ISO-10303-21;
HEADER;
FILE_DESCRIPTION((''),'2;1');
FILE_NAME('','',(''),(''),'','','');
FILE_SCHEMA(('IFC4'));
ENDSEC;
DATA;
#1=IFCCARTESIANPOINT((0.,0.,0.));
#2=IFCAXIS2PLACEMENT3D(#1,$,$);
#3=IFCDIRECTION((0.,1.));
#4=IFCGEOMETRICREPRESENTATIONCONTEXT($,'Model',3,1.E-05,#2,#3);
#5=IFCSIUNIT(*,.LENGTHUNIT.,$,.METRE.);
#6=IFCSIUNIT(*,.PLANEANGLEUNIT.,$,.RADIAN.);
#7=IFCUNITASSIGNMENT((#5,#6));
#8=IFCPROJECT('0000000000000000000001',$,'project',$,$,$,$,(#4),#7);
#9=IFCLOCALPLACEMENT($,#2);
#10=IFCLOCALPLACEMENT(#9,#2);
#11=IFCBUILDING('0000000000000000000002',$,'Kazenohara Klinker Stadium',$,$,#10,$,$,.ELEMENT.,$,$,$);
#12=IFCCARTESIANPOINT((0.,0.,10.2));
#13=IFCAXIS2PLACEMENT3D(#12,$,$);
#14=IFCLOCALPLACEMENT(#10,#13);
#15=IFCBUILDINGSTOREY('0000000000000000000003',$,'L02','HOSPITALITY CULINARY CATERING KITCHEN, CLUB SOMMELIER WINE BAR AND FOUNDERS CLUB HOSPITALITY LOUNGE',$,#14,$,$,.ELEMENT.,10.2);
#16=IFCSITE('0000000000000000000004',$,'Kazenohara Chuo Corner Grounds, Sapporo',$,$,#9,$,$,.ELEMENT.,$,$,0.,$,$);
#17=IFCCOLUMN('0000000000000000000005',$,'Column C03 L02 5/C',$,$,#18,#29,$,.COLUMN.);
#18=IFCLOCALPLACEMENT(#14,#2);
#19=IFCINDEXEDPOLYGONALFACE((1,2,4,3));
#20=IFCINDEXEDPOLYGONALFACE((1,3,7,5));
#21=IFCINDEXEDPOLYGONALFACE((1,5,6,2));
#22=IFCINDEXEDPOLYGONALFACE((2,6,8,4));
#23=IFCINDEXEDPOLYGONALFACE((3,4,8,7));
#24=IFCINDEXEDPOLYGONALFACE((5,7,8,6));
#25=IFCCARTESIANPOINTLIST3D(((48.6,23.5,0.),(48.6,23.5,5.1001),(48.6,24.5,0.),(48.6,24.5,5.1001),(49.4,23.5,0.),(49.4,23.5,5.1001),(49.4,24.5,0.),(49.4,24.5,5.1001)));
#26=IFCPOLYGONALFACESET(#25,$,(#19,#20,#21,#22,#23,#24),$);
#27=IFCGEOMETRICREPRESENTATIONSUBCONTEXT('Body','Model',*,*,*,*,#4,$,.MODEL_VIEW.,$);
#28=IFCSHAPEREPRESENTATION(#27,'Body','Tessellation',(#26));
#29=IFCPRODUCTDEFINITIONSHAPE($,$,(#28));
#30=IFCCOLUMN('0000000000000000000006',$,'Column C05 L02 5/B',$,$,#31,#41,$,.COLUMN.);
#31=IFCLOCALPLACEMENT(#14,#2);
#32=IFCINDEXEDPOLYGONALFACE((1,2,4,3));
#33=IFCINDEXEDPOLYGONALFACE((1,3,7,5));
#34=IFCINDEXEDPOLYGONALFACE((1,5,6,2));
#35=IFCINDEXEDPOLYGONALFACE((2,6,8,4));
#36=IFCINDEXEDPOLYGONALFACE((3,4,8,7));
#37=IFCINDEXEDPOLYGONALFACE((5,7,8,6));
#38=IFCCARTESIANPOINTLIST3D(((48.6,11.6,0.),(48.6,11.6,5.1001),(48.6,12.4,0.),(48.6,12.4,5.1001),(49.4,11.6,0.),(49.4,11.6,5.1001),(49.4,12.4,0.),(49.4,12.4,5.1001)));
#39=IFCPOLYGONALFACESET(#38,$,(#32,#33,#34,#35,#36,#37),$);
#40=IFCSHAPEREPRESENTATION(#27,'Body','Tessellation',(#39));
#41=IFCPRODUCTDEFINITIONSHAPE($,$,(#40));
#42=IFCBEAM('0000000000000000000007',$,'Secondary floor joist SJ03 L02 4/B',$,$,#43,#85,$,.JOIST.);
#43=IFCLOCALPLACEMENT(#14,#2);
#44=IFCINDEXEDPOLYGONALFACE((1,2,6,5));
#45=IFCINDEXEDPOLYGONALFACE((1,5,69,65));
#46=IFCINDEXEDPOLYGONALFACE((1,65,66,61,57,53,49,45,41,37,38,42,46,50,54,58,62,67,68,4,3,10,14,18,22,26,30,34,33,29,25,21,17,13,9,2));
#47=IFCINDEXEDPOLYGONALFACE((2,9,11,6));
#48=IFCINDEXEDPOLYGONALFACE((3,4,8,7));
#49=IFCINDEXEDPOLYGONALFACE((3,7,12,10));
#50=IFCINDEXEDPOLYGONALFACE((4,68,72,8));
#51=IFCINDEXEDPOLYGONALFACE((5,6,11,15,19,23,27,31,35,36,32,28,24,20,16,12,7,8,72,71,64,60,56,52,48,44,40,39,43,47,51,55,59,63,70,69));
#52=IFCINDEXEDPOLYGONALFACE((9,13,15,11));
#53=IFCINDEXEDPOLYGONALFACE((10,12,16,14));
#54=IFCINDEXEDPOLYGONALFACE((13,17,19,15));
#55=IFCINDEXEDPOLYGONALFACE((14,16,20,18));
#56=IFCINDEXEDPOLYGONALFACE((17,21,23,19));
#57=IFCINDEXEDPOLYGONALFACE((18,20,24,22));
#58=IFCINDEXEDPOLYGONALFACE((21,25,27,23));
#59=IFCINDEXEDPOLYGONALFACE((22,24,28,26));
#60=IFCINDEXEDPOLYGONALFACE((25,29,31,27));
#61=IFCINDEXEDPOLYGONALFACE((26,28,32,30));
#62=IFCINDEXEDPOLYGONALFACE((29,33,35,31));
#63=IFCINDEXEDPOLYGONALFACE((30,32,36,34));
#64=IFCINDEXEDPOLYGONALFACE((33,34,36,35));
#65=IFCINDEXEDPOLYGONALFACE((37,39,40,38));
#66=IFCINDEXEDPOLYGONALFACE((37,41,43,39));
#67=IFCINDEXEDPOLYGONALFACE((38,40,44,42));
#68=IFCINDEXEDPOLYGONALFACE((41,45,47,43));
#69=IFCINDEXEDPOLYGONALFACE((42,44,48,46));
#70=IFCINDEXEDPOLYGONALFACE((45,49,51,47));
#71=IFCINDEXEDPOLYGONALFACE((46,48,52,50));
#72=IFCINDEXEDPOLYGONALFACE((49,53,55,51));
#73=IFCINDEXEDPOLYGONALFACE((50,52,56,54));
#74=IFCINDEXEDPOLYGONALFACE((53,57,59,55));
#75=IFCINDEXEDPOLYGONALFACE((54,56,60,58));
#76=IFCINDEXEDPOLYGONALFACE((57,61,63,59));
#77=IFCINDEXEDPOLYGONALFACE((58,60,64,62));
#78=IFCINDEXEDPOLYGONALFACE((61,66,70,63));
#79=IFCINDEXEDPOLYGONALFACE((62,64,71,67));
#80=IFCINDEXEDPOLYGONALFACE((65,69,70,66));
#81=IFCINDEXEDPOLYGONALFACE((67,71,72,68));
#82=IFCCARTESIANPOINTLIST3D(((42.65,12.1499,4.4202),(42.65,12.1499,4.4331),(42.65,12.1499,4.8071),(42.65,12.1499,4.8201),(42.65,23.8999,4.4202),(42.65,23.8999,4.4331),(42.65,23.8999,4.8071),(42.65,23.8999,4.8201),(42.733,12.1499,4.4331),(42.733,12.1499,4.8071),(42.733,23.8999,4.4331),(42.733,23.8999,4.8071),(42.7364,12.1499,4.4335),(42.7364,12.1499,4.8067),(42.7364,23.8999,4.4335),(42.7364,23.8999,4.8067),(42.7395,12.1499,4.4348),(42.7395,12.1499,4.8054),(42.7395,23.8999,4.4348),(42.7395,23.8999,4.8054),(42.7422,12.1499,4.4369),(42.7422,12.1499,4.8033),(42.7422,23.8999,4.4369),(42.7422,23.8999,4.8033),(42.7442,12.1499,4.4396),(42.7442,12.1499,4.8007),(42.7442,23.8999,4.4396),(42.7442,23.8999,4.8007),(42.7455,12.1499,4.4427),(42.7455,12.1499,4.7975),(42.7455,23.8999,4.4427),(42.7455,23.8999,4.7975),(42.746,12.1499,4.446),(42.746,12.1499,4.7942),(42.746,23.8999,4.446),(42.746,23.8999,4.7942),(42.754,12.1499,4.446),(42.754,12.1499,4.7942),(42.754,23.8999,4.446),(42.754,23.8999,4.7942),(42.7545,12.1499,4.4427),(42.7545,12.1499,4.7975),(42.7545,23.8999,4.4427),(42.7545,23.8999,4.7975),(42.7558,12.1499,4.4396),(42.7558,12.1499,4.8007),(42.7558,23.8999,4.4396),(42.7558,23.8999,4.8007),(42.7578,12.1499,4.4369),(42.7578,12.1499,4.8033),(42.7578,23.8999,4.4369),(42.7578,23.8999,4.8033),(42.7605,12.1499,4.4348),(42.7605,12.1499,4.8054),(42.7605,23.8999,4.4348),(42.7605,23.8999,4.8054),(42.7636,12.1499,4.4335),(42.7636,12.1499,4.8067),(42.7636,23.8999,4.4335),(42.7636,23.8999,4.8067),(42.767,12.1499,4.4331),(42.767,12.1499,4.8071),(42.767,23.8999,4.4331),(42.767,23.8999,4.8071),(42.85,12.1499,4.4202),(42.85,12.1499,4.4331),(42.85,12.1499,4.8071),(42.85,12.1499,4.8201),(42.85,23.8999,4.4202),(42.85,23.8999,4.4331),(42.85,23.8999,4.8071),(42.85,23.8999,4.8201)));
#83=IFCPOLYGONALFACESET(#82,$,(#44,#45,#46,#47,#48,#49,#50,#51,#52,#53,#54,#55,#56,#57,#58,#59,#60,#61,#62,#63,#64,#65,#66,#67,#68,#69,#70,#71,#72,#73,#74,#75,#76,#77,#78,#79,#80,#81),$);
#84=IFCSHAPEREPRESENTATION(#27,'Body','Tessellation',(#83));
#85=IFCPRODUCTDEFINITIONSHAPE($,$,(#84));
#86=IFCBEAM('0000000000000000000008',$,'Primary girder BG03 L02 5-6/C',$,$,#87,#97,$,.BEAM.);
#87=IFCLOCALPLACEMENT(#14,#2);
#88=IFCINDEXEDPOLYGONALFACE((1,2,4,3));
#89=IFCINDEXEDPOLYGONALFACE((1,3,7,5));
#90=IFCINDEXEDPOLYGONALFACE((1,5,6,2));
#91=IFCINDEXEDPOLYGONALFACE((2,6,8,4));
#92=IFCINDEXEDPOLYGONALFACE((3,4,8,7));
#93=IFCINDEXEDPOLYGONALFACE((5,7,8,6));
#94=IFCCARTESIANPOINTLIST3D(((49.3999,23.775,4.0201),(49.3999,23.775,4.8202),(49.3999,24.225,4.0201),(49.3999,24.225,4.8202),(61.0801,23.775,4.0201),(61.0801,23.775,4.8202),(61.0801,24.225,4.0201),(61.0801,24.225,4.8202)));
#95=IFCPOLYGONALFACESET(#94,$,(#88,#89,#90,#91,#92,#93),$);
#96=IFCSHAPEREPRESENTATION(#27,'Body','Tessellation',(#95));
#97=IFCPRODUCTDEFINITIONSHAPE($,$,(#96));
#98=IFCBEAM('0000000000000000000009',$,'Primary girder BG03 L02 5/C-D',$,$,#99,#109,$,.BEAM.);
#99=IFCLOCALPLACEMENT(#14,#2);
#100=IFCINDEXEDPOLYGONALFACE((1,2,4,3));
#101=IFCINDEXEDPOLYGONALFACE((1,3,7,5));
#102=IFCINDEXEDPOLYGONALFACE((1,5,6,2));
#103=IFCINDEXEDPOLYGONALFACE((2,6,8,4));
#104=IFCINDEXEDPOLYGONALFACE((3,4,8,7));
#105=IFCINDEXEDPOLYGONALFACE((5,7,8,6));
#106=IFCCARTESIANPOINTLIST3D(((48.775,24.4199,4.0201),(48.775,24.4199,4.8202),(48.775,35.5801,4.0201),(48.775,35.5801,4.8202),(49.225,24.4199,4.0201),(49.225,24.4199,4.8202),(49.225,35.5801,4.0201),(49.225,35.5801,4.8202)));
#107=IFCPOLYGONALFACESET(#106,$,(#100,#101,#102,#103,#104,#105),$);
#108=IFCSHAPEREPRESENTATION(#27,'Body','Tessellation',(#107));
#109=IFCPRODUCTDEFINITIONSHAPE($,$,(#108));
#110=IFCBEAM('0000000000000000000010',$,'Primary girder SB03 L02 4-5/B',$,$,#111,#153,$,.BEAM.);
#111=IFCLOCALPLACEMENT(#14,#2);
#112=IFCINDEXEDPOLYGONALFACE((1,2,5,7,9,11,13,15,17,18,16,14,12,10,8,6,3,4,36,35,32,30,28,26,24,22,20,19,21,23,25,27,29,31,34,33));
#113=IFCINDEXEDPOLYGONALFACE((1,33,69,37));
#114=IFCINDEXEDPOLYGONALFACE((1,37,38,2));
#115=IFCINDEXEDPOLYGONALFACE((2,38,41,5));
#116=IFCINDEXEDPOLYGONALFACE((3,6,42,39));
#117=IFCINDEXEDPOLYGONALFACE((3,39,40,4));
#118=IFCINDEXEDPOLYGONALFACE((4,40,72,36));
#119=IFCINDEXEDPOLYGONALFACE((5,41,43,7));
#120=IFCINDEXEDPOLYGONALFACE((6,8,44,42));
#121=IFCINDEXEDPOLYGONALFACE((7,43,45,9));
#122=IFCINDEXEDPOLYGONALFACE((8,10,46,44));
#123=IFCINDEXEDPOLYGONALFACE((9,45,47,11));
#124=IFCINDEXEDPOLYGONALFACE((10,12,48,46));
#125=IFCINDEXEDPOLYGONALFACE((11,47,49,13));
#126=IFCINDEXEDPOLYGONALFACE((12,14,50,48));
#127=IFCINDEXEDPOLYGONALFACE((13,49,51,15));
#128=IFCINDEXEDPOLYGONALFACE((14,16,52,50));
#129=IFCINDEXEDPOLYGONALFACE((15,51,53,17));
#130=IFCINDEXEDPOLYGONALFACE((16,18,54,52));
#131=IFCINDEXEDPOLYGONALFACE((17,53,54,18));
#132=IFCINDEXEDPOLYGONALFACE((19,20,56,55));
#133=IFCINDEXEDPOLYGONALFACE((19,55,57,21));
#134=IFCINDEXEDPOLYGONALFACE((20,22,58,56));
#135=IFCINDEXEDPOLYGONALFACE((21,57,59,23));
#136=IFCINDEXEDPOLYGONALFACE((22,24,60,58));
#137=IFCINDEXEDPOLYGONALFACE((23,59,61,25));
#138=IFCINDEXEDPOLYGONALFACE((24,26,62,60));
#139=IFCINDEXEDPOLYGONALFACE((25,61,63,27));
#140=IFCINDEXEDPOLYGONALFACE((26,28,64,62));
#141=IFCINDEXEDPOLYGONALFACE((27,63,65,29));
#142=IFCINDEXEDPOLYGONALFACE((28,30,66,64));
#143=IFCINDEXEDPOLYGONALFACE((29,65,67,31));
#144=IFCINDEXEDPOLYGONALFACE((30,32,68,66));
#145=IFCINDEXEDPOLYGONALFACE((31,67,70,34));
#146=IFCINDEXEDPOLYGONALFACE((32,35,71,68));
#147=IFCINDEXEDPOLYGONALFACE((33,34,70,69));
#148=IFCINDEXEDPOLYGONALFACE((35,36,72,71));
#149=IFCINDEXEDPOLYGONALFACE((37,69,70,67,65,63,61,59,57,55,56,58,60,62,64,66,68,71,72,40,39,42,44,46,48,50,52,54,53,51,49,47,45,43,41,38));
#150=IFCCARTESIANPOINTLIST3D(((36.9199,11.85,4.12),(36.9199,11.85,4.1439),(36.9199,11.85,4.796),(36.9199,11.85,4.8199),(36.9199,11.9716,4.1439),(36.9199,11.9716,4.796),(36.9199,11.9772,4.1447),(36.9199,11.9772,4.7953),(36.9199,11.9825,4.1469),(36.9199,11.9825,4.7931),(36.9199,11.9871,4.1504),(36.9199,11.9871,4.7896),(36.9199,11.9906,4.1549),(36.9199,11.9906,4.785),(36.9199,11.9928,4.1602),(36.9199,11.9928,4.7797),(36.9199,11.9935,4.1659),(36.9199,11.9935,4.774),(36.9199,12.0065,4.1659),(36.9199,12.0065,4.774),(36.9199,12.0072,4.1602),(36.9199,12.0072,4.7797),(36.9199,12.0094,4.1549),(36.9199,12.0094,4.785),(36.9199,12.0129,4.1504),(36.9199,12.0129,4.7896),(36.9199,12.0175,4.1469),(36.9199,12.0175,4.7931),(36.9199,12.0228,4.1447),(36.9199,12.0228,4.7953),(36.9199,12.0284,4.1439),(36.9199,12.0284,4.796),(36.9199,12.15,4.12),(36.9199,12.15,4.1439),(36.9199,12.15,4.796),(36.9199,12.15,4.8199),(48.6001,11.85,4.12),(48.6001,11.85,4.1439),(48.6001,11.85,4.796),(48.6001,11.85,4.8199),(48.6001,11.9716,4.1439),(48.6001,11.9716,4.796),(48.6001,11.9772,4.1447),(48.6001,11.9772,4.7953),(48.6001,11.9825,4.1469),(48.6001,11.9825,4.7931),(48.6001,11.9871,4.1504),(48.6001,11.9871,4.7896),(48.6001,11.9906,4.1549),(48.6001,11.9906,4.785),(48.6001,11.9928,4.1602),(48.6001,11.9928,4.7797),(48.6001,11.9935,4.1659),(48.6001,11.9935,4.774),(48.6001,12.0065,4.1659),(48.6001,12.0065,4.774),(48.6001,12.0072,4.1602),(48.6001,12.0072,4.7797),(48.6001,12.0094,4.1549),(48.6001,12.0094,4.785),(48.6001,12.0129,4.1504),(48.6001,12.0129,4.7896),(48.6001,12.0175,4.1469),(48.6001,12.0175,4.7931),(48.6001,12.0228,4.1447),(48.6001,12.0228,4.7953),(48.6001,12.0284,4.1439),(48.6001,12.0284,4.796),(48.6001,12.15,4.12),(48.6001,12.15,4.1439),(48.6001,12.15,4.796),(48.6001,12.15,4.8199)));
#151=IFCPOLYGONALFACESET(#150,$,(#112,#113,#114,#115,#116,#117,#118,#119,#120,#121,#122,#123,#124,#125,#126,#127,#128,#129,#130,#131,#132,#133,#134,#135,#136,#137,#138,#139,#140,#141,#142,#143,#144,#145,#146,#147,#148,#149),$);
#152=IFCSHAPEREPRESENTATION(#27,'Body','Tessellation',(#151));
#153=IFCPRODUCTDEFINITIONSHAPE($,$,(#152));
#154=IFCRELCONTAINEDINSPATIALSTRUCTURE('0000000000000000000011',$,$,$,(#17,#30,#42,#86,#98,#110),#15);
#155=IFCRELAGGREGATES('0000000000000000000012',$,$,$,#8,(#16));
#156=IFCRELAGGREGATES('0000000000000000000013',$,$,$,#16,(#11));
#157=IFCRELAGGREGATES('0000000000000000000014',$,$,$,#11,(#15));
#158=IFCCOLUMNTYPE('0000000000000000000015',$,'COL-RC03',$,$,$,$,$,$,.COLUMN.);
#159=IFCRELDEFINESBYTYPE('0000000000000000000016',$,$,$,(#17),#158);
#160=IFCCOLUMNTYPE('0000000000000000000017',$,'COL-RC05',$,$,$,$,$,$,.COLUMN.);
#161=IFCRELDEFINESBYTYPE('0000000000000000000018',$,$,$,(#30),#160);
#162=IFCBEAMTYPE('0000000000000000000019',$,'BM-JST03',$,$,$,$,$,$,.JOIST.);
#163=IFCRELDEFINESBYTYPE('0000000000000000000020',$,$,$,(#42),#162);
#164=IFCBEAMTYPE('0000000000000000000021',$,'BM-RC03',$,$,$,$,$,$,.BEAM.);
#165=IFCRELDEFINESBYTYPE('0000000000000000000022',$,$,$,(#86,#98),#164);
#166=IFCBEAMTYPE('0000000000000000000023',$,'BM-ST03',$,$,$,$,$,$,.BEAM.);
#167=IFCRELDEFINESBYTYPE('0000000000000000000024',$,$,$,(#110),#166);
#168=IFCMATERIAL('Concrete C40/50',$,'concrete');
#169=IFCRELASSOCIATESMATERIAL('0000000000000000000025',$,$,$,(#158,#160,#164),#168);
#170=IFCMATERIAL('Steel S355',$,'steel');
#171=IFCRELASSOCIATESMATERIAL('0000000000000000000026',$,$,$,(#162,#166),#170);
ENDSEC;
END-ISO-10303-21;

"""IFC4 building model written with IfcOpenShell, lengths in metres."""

from ifc_helpers import new_model, si_unit, direction, frame, origin, origin_2d, place, context, subcontext, project, spatial, rectangle, i_section, extrude, material, material_profile, profile_set, type_object, element, save


model = new_model("IFC4")

# Units and contexts
model_context = context("Model", 3, precision=1e-05, world=origin(), true_north=direction((0.0, 1.0)))
body_context = subcontext(model_context, "Body", "Model", "MODEL_VIEW")
ifc_project = project(units=[si_unit("LENGTHUNIT", "METRE"), si_unit("PLANEANGLEUNIT", "RADIAN")], contexts=[model_context])

# Site, building, storey
site_placement = place(None, origin())
site = spatial("IfcSite", under=ifc_project, at=site_placement, Name="Kazenohara Chuo Corner Grounds, Sapporo", CompositionType="ELEMENT", RefElevation=0.0)
building_placement = place(site_placement, origin())
building = spatial("IfcBuilding", under=site, at=building_placement, Name="Kazenohara Klinker Stadium", CompositionType="ELEMENT")
storey_placement = place(building_placement, frame((0.0, 0.0, 10.2)))
storey = spatial("IfcBuildingStorey", under=building, at=storey_placement, Name="L02", Description="HOSPITALITY CULINARY CATERING KITCHEN, CLUB SOMMELIER WINE BAR AND FOUNDERS CLUB HOSPITALITY LOUNGE", CompositionType="ELEMENT", Elevation=10.2)

# Columns
ifc_material_1 = material(Name="Concrete C40/50", Category="concrete")
ifc_material_profile_1 = material_profile(ifc_material_1, rectangle(XDim=0.8, YDim=1.0, at=origin_2d()), Name="RC-COL-1000x800")
ifc_profile_set_1 = profile_set([ifc_material_profile_1], Name="Concrete C40/50")
column_type_1 = type_object("IfcColumnType", Name="COL-RC03", PredefinedType="COLUMN", material=ifc_profile_set_1)
column_1_placement = place(storey_placement, frame((49.0, 24.0, 0.0), z_axis=(0.0, 0.0, 1.0), x_axis=(1.0, 0.0, 0.0)))
element("IfcColumn", 1, at=column_1_placement, inside=storey, type_object=column_type_1, Name="Column C03 L02 5/C", PredefinedType="COLUMN", context=body_context, shape_type="SweptSolid", body=[
    extrude(rectangle(XDim=0.8, YDim=1.0, at=origin_2d()), origin(), (0.0, 0.0, 1.0), 5.1001),
])
ifc_material_profile_2 = material_profile(ifc_material_1, rectangle(XDim=0.8, YDim=0.8, at=origin_2d()), Name="RC-COL-800x800")
ifc_profile_set_2 = profile_set([ifc_material_profile_2], Name="Concrete C40/50")
column_type_2 = type_object("IfcColumnType", Name="COL-RC05", PredefinedType="COLUMN", material=ifc_profile_set_2)
column_2_placement = place(storey_placement, frame((49.0, 12.0, 0.0), z_axis=(0.0, 0.0, 1.0), x_axis=(1.0, 0.0, 0.0)))
element("IfcColumn", 2, at=column_2_placement, inside=storey, type_object=column_type_2, Name="Column C05 L02 5/B", PredefinedType="COLUMN", context=body_context, shape_type="SweptSolid", body=[
    extrude(rectangle(XDim=0.8, YDim=0.8, at=origin_2d()), origin(), (0.0, 0.0, 1.0), 5.1001),
])

# Beams
ifc_material_2 = material(Name="Steel S355", Category="steel")
ifc_material_profile_3 = material_profile(ifc_material_2, i_section(OverallWidth=0.2, OverallDepth=0.3999, WebThickness=0.0081, FlangeThickness=0.0129, FilletRadius=0.0129, at=origin_2d()), Name="H-400x200x8x13")
ifc_profile_set_3 = profile_set([ifc_material_profile_3], Name="Steel S355")
beam_type_1 = type_object("IfcBeamType", Name="BM-JST03", PredefinedType="JOIST", material=ifc_profile_set_3)
beam_1_placement = place(storey_placement, frame((42.75, 12.1499, 4.6201), z_axis=(0.0, 1.0, 0.0), x_axis=(-1.0, 0.0, 0.0)))
element("IfcBeam", 3, at=beam_1_placement, inside=storey, type_object=beam_type_1, Name="Secondary floor joist SJ03 L02 4/B", PredefinedType="JOIST", context=body_context, shape_type="SweptSolid", body=[
    extrude(i_section(OverallWidth=0.2, OverallDepth=0.3999, WebThickness=0.0081, FlangeThickness=0.0129, FilletRadius=0.0129, at=origin_2d()), origin(), (0.0, 0.0, 1.0), 11.75),
])
ifc_material_profile_4 = material_profile(ifc_material_1, rectangle(XDim=0.45, YDim=0.8, at=origin_2d()), Name="RC-BM-450x800")
ifc_profile_set_4 = profile_set([ifc_material_profile_4], Name="Concrete C40/50")
beam_type_2 = type_object("IfcBeamType", Name="BM-RC03", PredefinedType="BEAM", material=ifc_profile_set_4)
beam_2_placement = place(storey_placement, frame((49.3999, 24.0, 4.4202), z_axis=(1.0, 0.0, 0.0), x_axis=(0.0, 1.0, 0.0)))
element("IfcBeam", 4, at=beam_2_placement, inside=storey, type_object=beam_type_2, Name="Primary girder BG03 L02 5-6/C", PredefinedType="BEAM", context=body_context, shape_type="SweptSolid", body=[
    extrude(rectangle(XDim=0.45, YDim=0.8, at=origin_2d()), origin(), (0.0, 0.0, 1.0), 11.6802),
])
beam_3_placement = place(storey_placement, frame((49.0, 24.4199, 4.4202), z_axis=(0.0, 1.0, 0.0), x_axis=(-1.0, 0.0, 0.0)))
element("IfcBeam", 5, at=beam_3_placement, inside=storey, type_object=beam_type_2, Name="Primary girder BG03 L02 5/C-D", PredefinedType="BEAM", context=body_context, shape_type="SweptSolid", body=[
    extrude(rectangle(XDim=0.45, YDim=0.8, at=origin_2d()), origin(), (0.0, 0.0, 1.0), 11.1602),
])
ifc_material_profile_5 = material_profile(ifc_material_2, i_section(OverallWidth=0.3, OverallDepth=0.7, WebThickness=0.0129, FlangeThickness=0.0239, FilletRadius=0.022, at=origin_2d()), Name="H-700x300x13x24")
ifc_profile_set_5 = profile_set([ifc_material_profile_5], Name="Steel S355")
beam_type_3 = type_object("IfcBeamType", Name="BM-ST03", PredefinedType="BEAM", material=ifc_profile_set_5)
beam_4_placement = place(storey_placement, frame((36.9199, 12.0, 4.47), z_axis=(1.0, 0.0, 0.0), x_axis=(0.0, 1.0, 0.0)))
element("IfcBeam", 6, at=beam_4_placement, inside=storey, type_object=beam_type_3, Name="Primary girder SB03 L02 4-5/B", PredefinedType="BEAM", context=body_context, shape_type="SweptSolid", body=[
    extrude(i_section(OverallWidth=0.3, OverallDepth=0.7, WebThickness=0.0129, FlangeThickness=0.0239, FilletRadius=0.022, at=origin_2d()), origin(), (0.0, 0.0, 1.0), 11.6802),
])

save(model, "model.ifc")
